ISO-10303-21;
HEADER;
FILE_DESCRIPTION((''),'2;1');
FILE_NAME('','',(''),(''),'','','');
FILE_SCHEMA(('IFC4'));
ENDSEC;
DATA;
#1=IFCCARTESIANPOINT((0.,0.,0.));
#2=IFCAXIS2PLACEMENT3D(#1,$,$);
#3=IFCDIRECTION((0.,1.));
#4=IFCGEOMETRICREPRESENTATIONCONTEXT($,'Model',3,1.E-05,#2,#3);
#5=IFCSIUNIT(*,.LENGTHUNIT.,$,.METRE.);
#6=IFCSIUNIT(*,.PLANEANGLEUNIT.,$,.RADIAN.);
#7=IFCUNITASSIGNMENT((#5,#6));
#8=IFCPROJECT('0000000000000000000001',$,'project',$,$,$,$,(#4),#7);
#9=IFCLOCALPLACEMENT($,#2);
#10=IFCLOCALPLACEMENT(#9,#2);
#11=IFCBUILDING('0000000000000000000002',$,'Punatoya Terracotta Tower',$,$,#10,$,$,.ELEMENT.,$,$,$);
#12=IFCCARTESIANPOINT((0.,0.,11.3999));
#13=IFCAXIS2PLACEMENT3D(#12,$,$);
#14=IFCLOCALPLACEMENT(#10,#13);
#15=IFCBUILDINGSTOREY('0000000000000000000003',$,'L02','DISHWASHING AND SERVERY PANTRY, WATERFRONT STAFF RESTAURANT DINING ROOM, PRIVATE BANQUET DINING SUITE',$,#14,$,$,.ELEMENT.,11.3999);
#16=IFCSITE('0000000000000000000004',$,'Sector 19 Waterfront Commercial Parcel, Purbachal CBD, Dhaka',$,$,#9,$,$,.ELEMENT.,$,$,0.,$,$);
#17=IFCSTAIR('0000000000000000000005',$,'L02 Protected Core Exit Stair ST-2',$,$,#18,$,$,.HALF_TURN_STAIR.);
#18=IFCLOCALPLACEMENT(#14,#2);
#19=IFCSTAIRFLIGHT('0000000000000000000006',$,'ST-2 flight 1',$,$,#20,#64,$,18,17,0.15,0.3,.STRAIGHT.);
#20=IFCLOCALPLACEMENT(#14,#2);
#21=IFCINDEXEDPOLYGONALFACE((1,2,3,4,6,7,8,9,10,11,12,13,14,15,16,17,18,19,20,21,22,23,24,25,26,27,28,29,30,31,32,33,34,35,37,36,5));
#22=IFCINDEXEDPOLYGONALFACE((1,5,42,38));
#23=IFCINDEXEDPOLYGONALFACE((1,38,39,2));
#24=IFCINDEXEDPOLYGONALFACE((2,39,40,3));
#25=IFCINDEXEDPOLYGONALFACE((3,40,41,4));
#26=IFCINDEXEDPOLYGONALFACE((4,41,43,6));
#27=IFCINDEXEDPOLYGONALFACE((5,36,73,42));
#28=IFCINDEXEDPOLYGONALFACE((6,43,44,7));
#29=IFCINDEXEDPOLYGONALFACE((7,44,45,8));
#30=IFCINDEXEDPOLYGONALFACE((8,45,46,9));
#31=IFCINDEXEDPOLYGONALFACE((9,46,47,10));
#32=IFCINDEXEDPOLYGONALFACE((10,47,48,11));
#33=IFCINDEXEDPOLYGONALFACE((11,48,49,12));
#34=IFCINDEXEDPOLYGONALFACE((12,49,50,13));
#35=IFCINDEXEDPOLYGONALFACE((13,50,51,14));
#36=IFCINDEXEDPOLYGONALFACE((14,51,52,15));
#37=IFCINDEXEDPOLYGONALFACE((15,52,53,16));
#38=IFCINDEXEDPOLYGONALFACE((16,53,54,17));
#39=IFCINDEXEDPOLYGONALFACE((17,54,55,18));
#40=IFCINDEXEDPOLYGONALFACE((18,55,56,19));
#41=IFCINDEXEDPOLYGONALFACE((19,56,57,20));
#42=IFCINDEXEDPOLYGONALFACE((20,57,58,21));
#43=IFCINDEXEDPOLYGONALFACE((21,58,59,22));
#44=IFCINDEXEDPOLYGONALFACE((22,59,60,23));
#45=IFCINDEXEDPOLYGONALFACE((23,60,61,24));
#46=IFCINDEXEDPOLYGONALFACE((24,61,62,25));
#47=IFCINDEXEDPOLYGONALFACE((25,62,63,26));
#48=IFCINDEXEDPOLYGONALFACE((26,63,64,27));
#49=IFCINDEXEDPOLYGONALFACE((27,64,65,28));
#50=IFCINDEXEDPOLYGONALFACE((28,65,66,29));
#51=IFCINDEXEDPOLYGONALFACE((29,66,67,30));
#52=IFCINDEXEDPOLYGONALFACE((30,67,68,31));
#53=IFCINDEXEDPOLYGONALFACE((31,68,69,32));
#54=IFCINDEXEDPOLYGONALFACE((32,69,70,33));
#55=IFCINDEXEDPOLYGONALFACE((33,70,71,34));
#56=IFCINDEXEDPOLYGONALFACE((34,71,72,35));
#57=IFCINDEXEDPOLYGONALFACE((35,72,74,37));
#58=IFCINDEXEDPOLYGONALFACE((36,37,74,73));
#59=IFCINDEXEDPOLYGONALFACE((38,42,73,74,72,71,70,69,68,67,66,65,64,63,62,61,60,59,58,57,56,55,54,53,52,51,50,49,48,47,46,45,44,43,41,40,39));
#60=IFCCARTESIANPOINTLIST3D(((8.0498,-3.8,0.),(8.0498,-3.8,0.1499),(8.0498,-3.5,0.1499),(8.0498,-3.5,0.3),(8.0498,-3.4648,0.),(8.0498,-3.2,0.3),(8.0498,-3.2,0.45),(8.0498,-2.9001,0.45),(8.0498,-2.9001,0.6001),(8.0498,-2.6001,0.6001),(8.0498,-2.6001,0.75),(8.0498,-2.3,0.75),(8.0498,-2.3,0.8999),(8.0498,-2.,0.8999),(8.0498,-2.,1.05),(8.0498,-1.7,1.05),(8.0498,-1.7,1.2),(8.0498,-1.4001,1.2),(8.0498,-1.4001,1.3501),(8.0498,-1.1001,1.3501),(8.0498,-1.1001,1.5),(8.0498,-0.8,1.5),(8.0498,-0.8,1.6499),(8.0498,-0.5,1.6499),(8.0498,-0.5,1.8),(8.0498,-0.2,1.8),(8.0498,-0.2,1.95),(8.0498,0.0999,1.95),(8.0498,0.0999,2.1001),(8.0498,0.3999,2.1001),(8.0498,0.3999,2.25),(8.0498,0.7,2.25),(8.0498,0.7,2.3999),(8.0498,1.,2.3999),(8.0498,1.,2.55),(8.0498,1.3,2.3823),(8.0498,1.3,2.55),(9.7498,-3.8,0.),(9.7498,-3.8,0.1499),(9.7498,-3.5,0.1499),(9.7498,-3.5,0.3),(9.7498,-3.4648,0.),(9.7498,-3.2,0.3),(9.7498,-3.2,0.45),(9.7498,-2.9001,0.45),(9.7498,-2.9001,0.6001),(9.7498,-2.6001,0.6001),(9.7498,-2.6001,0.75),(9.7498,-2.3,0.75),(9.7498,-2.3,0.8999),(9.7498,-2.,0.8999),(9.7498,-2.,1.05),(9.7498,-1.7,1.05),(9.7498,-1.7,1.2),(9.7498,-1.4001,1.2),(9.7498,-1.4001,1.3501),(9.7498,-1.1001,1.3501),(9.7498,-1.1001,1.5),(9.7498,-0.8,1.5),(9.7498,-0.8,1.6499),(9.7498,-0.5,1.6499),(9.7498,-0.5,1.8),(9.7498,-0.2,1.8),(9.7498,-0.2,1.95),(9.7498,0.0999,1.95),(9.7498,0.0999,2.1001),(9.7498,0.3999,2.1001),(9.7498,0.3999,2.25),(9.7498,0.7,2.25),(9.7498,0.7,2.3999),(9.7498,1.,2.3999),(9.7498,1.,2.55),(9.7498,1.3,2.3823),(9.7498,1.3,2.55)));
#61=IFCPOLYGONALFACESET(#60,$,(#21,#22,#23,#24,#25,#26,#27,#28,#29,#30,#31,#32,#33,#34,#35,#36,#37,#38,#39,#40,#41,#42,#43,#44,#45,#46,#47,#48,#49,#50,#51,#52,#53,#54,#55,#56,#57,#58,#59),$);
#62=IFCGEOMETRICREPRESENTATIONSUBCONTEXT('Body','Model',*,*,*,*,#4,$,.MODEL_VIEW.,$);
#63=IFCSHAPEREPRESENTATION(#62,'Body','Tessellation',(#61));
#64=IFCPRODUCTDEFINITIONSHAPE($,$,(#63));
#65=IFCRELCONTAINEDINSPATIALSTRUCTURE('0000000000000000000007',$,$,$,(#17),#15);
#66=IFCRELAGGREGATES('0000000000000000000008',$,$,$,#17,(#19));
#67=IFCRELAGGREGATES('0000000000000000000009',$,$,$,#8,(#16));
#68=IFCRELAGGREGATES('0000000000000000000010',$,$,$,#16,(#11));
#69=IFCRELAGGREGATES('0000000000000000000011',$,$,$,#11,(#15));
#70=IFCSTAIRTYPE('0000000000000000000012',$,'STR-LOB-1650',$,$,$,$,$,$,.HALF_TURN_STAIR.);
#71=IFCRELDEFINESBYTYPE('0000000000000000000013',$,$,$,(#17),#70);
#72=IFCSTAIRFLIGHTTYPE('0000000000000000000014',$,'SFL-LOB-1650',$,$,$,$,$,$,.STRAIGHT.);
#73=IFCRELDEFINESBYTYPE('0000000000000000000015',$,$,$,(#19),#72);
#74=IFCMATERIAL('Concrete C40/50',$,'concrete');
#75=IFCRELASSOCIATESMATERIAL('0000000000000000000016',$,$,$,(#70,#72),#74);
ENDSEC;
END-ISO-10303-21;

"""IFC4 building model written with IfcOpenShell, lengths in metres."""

from ifc_helpers import new_model, si_unit, direction, frame, origin, place, context, subcontext, project, spatial, polyline, outline, extrude, material, type_object, element, aggregate, save


model = new_model("IFC4")

# Units and contexts
model_context = context("Model", 3, precision=1e-05, world=origin(), true_north=direction((0.0, 1.0)))
body_context = subcontext(model_context, "Body", "Model", "MODEL_VIEW")
ifc_project = project(units=[si_unit("LENGTHUNIT", "METRE"), si_unit("PLANEANGLEUNIT", "RADIAN")], contexts=[model_context])

# Site, building, storey
site_placement = place(None, origin())
site = spatial("IfcSite", under=ifc_project, at=site_placement, Name="Sector 19 Waterfront Commercial Parcel, Purbachal CBD, Dhaka", CompositionType="ELEMENT", RefElevation=0.0)
building_placement = place(site_placement, origin())
building = spatial("IfcBuilding", under=site, at=building_placement, Name="Punatoya Terracotta Tower", CompositionType="ELEMENT")
storey_placement = place(building_placement, frame((0.0, 0.0, 11.3999)))
storey = spatial("IfcBuildingStorey", under=building, at=storey_placement, Name="L02", Description="DISHWASHING AND SERVERY PANTRY, WATERFRONT STAFF RESTAURANT DINING ROOM, PRIVATE BANQUET DINING SUITE", CompositionType="ELEMENT", Elevation=11.3999)

# Shared definitions
ifc_material_1 = material(Name="Concrete C40/50", Category="concrete")

# Stair, stair flight
stair_type = type_object("IfcStairType", Name="STR-LOB-1650", PredefinedType="HALF_TURN_STAIR", material=ifc_material_1)
stair_placement = place(storey_placement, origin())
stair = element("IfcStair", 1, at=stair_placement, inside=storey, type_object=stair_type, Name="L02 Protected Core Exit Stair ST-2", PredefinedType="HALF_TURN_STAIR")
stair_flight_type = type_object("IfcStairFlightType", Name="SFL-LOB-1650", PredefinedType="STRAIGHT", material=ifc_material_1)
stair_flight_placement = place(storey_placement, frame((8.8999, -3.8, 0.0), z_axis=(0.0, 0.0, 1.0), x_axis=(0.0, 1.0, 0.0)))
stair_flight = element("IfcStairFlight", 2, at=stair_flight_placement, type_object=stair_flight_type, Name="ST-2 flight 1", NumberOfRisers=18, NumberOfTreads=17, PredefinedType="STRAIGHT", RiserHeight=0.15, TreadLength=0.3, context=body_context, shape_type="SweptSolid", body=[
    extrude(outline(polyline([(0.0, 0.0), (0.0, 0.1499), (0.3, 0.1499), (0.3, 0.3), (0.6001, 0.3), (0.6001, 0.45), (0.8999, 0.45), (0.8999, 0.6001), (1.2, 0.6001), (1.2, 0.75), (1.5, 0.75), (1.5, 0.8999), (1.8, 0.8999), (1.8, 1.05), (2.1001, 1.05), (2.1001, 1.2), (2.3999, 1.2), (2.3999, 1.3501), (2.7, 1.3501), (2.7, 1.5), (3.0, 1.5), (3.0, 1.6499), (3.3, 1.6499), (3.3, 1.8), (3.6001, 1.8), (3.6001, 1.95), (3.8999, 1.95), (3.8999, 2.1001), (4.2, 2.1001), (4.2, 2.25), (4.5, 2.25), (4.5, 2.3999), (4.8, 2.3999), (4.8, 2.55), (5.1001, 2.55), (5.1001, 2.7), (5.1001, 2.3823), (0.3352, 0.0), (0.0, 0.0)])), frame((0.0, 0.8501, 0.0), z_axis=(0.0, -1.0, 0.0), x_axis=(1.0, 0.0, 0.0)), (0.0, 0.0, 1.0), 1.7),
])
aggregate(stair, [stair_flight])

save(model, "model.ifc")
